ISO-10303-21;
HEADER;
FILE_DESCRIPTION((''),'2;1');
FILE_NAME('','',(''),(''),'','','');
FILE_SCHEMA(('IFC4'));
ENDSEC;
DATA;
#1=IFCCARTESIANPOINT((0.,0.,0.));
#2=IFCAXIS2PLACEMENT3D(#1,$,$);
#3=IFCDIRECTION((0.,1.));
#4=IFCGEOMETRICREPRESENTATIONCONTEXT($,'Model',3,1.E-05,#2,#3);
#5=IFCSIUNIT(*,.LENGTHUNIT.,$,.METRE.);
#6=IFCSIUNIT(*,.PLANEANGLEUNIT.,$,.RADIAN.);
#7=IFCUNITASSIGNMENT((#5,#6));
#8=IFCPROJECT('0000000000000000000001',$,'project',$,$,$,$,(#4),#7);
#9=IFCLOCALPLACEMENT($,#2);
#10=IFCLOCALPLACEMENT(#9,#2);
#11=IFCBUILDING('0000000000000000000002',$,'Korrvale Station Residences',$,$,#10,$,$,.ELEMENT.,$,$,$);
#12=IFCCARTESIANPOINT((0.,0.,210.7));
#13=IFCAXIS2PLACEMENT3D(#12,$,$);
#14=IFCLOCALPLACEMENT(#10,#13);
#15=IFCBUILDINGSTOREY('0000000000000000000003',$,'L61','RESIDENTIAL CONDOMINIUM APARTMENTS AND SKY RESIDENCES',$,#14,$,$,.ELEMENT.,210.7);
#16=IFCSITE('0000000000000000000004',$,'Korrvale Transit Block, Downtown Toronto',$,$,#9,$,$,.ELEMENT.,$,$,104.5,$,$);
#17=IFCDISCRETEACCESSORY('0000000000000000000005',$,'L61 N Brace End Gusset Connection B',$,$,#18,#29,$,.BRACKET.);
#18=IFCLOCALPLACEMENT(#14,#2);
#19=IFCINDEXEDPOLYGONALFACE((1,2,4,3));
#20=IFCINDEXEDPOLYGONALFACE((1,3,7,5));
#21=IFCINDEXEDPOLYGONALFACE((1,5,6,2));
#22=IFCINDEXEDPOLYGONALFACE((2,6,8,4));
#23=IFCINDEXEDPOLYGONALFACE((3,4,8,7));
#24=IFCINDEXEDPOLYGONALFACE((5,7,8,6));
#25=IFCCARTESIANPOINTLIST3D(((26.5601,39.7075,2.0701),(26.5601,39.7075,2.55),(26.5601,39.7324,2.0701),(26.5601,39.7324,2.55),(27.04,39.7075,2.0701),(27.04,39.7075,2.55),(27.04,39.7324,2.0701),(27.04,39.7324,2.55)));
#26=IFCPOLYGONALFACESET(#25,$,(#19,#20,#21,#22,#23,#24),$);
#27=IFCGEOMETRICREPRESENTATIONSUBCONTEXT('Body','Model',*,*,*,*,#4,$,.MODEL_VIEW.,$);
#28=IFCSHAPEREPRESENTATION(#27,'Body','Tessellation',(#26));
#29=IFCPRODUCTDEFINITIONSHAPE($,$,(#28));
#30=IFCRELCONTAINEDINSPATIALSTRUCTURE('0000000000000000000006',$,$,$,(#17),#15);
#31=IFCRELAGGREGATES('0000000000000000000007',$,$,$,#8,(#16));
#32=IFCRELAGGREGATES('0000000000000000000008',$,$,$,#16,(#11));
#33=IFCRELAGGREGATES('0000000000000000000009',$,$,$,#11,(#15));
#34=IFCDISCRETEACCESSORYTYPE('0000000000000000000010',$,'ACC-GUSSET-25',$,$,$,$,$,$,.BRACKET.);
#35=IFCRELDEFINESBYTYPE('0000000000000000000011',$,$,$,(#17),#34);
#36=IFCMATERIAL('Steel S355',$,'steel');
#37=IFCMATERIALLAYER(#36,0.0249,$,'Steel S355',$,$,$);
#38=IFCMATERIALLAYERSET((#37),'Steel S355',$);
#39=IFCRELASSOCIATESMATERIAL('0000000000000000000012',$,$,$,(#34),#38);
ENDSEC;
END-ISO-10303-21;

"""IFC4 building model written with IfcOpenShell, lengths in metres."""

from ifc_helpers import new_model, si_unit, direction, frame, origin, origin_2d, place, context, subcontext, project, spatial, rectangle, extrude, material, layer, layer_set, type_object, element, save


model = new_model("IFC4")

# Units and contexts
model_context = context("Model", 3, precision=1e-05, world=origin(), true_north=direction((0.0, 1.0)))
body_context = subcontext(model_context, "Body", "Model", "MODEL_VIEW")
ifc_project = project(units=[si_unit("LENGTHUNIT", "METRE"), si_unit("PLANEANGLEUNIT", "RADIAN")], contexts=[model_context])

# Site, building, storey
site_placement = place(None, origin())
site = spatial("IfcSite", under=ifc_project, at=site_placement, Name="Korrvale Transit Block, Downtown Toronto", CompositionType="ELEMENT", RefElevation=104.5)
building_placement = place(site_placement, origin())
building = spatial("IfcBuilding", under=site, at=building_placement, Name="Korrvale Station Residences", CompositionType="ELEMENT")
storey_placement = place(building_placement, frame((0.0, 0.0, 210.7)))
storey = spatial("IfcBuildingStorey", under=building, at=storey_placement, Name="L61", Description="RESIDENTIAL CONDOMINIUM APARTMENTS AND SKY RESIDENCES", CompositionType="ELEMENT", Elevation=210.7)

# Shared definitions
ifc_material_1 = material(Name="Steel S355", Category="steel")

# Discrete accessory
ifc_layer_1 = layer(ifc_material_1, 0.0249, Name="Steel S355")
ifc_layer_set_1 = layer_set([ifc_layer_1], Name="Steel S355")
discrete_accessory_type = type_object("IfcDiscreteAccessoryType", Name="ACC-GUSSET-25", PredefinedType="BRACKET", material=ifc_layer_set_1)
for number, where, z_axis, x_axis, name in (
    (1, (26.8, 39.72, 2.0701), (0.0, 0.0, 1.0), (1.0, 0.0, 0.0), "L61 N Brace End Gusset Connection B"),
):
    element("IfcDiscreteAccessory", number, at=place(storey_placement, frame(where, z_axis=z_axis, x_axis=x_axis)), inside=storey, type_object=discrete_accessory_type, Name=name, PredefinedType="BRACKET", context=body_context, shape_type="SweptSolid", body=[
        extrude(rectangle(XDim=0.48, YDim=0.0249, at=origin_2d()), origin(), (0.0, 0.0, 1.0), 0.48),
    ])

save(model, "model.ifc")
